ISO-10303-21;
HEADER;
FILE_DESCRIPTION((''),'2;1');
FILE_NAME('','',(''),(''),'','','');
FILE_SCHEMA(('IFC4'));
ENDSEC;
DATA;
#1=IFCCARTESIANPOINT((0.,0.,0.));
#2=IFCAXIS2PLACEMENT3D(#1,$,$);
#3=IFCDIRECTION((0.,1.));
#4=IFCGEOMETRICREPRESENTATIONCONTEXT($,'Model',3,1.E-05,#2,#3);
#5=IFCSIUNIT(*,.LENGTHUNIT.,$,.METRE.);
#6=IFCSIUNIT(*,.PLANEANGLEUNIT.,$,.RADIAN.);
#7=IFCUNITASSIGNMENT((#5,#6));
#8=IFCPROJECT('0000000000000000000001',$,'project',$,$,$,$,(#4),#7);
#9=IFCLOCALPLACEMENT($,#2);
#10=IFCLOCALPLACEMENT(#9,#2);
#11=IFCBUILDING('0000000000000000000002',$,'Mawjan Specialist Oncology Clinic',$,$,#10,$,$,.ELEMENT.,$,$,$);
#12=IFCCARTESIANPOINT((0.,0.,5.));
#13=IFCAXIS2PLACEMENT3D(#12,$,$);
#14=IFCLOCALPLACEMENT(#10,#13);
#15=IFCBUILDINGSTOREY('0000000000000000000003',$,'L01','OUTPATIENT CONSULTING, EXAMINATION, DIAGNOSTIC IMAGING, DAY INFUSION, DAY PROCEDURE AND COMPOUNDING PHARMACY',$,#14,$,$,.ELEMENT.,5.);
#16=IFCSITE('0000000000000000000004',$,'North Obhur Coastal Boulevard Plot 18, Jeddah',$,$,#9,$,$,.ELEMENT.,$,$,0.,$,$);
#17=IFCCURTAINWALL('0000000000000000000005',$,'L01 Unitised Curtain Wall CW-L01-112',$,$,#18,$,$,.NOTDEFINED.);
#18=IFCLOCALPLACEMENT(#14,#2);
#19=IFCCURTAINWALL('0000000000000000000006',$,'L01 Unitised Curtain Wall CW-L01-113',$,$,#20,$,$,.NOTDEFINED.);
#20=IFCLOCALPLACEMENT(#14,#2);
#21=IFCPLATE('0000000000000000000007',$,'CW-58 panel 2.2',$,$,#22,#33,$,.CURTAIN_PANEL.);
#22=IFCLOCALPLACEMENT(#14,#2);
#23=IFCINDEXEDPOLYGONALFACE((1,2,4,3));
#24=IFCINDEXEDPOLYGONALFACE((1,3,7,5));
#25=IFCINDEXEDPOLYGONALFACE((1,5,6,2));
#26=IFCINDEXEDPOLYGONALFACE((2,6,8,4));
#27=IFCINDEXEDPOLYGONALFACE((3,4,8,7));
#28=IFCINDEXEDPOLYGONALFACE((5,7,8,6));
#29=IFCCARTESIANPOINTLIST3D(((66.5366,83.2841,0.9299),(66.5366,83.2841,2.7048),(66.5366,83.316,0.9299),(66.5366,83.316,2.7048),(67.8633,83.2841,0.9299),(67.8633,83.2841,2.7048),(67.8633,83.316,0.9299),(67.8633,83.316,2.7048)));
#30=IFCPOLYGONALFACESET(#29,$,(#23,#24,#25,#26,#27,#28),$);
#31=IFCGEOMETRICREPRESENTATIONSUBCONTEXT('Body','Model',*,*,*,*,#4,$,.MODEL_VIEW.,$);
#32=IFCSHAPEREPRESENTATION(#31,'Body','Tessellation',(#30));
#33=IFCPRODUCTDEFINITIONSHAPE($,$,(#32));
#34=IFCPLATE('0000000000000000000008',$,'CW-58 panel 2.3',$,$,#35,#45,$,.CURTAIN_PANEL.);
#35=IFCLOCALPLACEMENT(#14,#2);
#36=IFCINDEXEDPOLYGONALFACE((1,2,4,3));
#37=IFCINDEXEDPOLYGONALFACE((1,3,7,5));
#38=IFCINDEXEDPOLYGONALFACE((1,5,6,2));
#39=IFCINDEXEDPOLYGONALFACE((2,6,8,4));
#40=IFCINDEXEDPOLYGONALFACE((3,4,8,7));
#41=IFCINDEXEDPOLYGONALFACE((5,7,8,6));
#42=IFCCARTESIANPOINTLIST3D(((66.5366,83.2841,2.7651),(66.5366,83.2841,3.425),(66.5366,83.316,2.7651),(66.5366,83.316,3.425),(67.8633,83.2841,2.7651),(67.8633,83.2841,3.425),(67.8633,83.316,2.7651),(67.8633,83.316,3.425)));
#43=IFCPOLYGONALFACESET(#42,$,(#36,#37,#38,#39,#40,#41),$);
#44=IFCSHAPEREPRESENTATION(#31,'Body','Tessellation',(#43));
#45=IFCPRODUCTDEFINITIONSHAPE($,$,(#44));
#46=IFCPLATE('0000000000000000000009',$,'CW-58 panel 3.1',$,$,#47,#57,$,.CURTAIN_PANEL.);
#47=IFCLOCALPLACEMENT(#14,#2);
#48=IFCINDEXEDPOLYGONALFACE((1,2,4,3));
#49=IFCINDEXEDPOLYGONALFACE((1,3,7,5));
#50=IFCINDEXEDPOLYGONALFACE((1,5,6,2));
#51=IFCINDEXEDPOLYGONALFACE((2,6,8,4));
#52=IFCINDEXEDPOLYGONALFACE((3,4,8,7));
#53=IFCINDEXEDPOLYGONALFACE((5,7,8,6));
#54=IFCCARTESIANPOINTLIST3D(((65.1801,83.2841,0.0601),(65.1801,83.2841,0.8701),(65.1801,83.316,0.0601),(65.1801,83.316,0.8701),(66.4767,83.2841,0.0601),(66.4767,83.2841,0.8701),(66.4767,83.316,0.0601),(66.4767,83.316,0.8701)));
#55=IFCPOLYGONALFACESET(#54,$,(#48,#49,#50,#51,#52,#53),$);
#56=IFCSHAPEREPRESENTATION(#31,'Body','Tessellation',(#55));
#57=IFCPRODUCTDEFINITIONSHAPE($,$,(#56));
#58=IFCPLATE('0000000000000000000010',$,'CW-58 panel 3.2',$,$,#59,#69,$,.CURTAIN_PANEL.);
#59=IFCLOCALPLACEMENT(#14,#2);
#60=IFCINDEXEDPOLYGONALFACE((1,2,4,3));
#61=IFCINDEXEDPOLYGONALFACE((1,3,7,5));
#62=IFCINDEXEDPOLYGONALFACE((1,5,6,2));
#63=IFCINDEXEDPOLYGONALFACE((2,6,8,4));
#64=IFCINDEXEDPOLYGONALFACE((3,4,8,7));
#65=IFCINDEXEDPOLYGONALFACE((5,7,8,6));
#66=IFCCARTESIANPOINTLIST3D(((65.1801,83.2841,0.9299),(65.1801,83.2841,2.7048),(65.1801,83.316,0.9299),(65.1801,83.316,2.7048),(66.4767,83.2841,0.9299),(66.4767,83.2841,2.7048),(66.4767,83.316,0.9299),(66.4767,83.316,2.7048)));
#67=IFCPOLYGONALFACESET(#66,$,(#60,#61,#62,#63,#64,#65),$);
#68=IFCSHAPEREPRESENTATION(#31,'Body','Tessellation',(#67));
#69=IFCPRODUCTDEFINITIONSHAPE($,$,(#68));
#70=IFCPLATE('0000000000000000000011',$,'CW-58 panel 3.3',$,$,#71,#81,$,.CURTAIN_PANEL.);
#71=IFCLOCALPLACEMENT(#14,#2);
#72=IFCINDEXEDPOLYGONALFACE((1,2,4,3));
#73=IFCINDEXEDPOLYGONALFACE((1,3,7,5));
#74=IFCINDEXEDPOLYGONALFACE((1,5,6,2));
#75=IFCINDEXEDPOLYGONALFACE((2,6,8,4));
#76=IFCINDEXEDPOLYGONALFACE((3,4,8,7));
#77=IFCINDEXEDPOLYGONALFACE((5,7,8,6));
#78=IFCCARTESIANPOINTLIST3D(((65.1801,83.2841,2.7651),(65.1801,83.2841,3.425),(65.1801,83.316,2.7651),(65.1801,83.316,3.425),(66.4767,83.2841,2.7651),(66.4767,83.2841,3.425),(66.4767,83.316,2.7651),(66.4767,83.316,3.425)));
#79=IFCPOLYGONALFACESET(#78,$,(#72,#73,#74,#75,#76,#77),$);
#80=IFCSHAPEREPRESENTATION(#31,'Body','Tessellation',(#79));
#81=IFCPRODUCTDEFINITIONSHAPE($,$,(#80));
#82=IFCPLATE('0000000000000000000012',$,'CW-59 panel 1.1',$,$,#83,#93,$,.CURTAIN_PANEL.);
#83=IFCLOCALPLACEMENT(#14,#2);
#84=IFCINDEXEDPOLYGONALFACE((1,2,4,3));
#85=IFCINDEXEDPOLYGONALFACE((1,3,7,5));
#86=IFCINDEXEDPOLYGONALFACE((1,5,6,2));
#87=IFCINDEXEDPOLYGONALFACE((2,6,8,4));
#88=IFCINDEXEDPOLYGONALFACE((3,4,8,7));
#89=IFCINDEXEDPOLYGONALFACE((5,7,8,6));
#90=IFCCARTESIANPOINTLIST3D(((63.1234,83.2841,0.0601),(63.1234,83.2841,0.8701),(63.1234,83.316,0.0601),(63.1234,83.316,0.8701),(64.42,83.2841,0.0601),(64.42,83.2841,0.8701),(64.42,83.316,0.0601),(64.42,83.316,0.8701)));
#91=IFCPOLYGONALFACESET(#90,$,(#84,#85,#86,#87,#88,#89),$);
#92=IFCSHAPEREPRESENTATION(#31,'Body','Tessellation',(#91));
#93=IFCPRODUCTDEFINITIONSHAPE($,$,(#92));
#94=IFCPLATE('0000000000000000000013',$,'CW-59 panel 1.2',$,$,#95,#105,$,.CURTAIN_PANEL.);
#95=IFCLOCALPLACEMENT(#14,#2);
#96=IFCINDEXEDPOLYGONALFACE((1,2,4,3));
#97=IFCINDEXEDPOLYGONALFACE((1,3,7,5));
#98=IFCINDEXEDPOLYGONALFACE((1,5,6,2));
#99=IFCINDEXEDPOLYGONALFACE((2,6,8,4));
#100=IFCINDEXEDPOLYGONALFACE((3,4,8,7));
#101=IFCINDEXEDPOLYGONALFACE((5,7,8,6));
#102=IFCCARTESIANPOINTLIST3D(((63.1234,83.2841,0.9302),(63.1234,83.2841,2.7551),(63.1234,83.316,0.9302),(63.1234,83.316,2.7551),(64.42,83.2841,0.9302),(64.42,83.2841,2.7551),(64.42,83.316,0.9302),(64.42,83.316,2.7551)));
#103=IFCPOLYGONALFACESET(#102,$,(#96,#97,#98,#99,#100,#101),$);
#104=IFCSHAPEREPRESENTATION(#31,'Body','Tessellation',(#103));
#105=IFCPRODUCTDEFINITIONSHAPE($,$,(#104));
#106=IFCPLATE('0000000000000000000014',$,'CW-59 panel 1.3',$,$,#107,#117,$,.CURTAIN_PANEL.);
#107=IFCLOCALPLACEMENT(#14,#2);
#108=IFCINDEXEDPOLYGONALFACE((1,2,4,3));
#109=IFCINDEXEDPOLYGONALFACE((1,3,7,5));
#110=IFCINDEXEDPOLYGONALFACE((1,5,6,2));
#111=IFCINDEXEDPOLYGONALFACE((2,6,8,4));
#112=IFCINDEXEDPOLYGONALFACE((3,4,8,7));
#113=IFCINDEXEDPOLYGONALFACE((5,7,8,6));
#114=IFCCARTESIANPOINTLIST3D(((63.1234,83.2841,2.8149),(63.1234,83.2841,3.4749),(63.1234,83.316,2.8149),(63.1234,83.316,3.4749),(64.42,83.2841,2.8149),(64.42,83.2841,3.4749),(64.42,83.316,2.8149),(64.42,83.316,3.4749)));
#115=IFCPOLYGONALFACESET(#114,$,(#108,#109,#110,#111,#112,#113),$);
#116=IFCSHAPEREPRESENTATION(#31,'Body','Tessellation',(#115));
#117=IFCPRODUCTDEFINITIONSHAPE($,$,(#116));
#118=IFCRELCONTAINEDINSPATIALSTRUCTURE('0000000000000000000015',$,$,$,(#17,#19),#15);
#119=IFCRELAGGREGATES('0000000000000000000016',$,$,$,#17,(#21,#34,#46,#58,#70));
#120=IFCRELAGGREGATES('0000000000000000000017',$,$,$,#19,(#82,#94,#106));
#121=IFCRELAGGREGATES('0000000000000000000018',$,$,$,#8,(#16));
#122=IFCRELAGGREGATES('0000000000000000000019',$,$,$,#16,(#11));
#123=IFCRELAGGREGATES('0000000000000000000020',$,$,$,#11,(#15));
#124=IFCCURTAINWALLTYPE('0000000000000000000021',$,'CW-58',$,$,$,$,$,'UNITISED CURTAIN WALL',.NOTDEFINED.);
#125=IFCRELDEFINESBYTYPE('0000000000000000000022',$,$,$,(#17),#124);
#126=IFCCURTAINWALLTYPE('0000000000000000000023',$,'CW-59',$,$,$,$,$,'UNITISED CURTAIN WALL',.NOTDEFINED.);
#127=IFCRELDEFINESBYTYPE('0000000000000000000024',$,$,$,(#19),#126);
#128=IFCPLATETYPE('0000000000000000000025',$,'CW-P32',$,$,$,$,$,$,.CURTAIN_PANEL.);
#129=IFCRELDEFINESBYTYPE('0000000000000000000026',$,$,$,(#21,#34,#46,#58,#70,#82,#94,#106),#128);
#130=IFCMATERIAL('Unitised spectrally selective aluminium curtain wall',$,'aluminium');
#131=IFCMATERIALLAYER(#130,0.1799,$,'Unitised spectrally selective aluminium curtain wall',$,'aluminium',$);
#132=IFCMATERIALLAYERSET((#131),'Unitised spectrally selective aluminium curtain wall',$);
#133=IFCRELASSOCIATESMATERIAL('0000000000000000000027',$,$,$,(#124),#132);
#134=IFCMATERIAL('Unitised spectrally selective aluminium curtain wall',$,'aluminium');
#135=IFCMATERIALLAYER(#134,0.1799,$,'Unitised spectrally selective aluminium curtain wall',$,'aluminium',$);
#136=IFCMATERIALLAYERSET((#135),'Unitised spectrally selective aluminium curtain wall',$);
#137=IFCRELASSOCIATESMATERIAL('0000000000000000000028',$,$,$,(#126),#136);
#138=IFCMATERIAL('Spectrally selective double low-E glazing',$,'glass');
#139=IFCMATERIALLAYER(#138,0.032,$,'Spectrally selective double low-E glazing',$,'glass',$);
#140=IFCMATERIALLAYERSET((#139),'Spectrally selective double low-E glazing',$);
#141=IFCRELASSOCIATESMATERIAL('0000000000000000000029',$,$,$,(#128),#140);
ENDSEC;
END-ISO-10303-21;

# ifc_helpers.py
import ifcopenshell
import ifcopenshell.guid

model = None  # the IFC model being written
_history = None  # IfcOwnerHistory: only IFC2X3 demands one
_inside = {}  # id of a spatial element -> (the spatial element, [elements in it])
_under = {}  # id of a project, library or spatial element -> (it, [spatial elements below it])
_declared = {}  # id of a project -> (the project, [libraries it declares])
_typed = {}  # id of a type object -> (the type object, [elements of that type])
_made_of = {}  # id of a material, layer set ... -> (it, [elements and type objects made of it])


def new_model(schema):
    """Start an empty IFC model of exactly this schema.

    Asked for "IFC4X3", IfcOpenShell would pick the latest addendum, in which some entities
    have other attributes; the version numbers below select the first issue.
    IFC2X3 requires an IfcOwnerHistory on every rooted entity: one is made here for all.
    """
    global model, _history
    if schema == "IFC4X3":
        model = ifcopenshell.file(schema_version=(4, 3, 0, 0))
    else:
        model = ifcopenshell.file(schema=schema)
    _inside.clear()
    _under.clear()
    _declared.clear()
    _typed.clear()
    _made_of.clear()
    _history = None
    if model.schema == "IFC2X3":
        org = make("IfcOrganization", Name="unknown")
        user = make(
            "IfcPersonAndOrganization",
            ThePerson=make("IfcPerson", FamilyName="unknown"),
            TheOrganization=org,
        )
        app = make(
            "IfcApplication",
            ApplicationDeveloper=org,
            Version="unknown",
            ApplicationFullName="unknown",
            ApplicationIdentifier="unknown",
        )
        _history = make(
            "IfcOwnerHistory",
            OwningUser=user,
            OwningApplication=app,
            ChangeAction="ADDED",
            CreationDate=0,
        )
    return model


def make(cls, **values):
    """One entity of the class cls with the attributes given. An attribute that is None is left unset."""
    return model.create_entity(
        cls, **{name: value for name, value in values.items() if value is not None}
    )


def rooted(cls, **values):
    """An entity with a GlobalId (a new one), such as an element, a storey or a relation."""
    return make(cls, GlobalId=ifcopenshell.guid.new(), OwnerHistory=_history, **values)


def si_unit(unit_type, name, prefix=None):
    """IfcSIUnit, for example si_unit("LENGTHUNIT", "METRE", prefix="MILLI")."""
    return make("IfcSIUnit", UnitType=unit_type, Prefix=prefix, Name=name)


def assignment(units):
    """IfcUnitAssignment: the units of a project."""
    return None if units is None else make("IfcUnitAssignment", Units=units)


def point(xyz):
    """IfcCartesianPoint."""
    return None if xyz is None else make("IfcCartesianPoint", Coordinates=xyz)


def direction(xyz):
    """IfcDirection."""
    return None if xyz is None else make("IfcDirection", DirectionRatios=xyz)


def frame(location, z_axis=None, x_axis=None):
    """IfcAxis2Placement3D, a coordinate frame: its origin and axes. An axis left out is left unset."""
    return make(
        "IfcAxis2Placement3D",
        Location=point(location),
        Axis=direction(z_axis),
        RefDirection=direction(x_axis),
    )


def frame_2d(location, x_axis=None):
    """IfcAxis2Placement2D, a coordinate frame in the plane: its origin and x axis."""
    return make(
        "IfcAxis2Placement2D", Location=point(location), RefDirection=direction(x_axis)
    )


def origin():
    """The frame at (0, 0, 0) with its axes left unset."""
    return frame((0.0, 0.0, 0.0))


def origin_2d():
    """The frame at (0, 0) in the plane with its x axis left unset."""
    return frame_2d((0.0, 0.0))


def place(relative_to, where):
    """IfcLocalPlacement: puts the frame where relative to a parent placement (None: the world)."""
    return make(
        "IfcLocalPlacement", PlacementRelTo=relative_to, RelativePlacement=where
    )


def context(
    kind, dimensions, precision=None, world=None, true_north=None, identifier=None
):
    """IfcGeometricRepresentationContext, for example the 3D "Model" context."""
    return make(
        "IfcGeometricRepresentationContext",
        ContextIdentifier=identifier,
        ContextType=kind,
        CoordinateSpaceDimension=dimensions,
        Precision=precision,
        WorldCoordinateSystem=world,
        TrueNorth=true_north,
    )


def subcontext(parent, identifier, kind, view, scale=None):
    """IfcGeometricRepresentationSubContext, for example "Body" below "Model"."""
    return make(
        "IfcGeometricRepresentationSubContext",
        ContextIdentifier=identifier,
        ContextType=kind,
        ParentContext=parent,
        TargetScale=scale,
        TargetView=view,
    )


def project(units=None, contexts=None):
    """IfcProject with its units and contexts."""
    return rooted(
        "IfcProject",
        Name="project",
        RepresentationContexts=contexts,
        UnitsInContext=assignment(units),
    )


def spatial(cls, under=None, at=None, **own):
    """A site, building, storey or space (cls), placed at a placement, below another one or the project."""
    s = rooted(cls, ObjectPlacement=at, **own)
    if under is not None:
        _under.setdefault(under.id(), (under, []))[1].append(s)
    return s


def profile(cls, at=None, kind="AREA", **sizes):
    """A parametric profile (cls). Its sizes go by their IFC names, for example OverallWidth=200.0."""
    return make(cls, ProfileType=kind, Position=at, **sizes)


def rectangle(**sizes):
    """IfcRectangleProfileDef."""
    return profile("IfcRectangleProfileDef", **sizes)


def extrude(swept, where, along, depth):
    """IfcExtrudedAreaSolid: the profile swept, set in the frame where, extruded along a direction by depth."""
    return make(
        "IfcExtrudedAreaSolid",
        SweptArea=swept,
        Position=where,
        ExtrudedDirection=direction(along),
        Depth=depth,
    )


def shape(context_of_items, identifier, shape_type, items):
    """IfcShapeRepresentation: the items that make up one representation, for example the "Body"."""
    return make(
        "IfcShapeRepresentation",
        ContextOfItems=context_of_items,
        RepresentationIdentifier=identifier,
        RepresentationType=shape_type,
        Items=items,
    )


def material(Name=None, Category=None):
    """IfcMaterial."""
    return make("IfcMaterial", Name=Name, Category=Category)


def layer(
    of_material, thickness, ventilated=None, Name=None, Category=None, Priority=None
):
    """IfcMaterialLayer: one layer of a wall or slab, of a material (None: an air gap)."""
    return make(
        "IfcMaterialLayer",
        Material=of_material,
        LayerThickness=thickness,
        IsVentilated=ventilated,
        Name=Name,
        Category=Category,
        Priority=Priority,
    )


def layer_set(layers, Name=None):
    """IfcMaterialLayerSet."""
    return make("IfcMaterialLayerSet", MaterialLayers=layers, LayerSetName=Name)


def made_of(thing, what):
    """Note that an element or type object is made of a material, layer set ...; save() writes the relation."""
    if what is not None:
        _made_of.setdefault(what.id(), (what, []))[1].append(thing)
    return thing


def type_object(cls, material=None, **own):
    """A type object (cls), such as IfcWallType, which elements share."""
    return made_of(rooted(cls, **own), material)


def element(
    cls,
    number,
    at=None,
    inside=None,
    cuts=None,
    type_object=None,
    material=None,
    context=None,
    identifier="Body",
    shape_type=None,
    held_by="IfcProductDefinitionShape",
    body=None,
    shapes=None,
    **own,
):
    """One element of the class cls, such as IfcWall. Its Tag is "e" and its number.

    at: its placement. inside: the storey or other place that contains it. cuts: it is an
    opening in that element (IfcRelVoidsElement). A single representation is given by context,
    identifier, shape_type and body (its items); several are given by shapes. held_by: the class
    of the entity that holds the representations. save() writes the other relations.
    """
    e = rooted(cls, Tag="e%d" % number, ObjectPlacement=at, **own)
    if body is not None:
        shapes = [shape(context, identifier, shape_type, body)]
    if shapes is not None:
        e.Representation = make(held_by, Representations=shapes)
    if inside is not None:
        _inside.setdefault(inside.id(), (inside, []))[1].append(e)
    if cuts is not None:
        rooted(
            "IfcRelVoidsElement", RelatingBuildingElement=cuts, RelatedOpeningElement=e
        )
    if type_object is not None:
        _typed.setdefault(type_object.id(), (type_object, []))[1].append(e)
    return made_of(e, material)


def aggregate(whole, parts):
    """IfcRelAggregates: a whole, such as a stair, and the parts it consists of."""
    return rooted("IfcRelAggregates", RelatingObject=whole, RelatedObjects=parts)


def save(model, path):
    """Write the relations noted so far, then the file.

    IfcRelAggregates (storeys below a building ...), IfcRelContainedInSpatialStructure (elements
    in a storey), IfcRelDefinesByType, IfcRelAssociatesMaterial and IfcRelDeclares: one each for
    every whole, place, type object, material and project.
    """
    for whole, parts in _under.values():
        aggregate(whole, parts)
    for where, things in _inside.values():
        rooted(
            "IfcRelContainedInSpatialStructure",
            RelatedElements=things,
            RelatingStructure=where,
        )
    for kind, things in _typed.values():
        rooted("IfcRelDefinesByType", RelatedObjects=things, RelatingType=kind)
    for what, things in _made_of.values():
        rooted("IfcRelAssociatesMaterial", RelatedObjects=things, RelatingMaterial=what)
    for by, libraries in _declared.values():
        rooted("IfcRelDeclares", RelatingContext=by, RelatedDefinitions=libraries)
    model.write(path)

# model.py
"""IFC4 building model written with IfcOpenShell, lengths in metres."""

from ifc_helpers import new_model, si_unit, direction, frame, origin, origin_2d, place, context, subcontext, project, spatial, rectangle, extrude, material, layer, layer_set, type_object, element, aggregate, save


model = new_model("IFC4")

# Units and contexts
model_context = context("Model", 3, precision=1e-05, world=origin(), true_north=direction((0.0, 1.0)))
body_context = subcontext(model_context, "Body", "Model", "MODEL_VIEW")
ifc_project = project(units=[si_unit("LENGTHUNIT", "METRE"), si_unit("PLANEANGLEUNIT", "RADIAN")], contexts=[model_context])

# Site, building, storey
site_placement = place(None, origin())
site = spatial("IfcSite", under=ifc_project, at=site_placement, Name="North Obhur Coastal Boulevard Plot 18, Jeddah", CompositionType="ELEMENT", RefElevation=0.0)
building_placement = place(site_placement, origin())
building = spatial("IfcBuilding", under=site, at=building_placement, Name="Mawjan Specialist Oncology Clinic", CompositionType="ELEMENT")
storey_placement = place(building_placement, frame((0.0, 0.0, 5.0)))
storey = spatial("IfcBuildingStorey", under=building, at=storey_placement, Name="L01", Description="OUTPATIENT CONSULTING, EXAMINATION, DIAGNOSTIC IMAGING, DAY INFUSION, DAY PROCEDURE AND COMPOUNDING PHARMACY", CompositionType="ELEMENT", Elevation=5.0)

# Curtain walls
ifc_material_1 = material(Name="Unitised spectrally selective aluminium curtain wall", Category="aluminium")
ifc_layer_1 = layer(ifc_material_1, 0.1799, Name="Unitised spectrally selective aluminium curtain wall", Category="aluminium")
ifc_layer_set_1 = layer_set([ifc_layer_1], Name="Unitised spectrally selective aluminium curtain wall")
curtain_wall_type_1 = type_object("IfcCurtainWallType", Name="CW-58", ElementType="UNITISED CURTAIN WALL", PredefinedType="NOTDEFINED", material=ifc_layer_set_1)
curtain_wall_1_placement = place(storey_placement, origin())
curtain_wall_1 = element("IfcCurtainWall", 1, at=curtain_wall_1_placement, inside=storey, type_object=curtain_wall_type_1, Name="L01 Unitised Curtain Wall CW-L01-112", PredefinedType="NOTDEFINED")
ifc_material_2 = material(Name="Unitised spectrally selective aluminium curtain wall", Category="aluminium")
ifc_layer_2 = layer(ifc_material_2, 0.1799, Name="Unitised spectrally selective aluminium curtain wall", Category="aluminium")
ifc_layer_set_2 = layer_set([ifc_layer_2], Name="Unitised spectrally selective aluminium curtain wall")
curtain_wall_type_2 = type_object("IfcCurtainWallType", Name="CW-59", ElementType="UNITISED CURTAIN WALL", PredefinedType="NOTDEFINED", material=ifc_layer_set_2)
curtain_wall_2_placement = place(storey_placement, origin())
curtain_wall_2 = element("IfcCurtainWall", 2, at=curtain_wall_2_placement, inside=storey, type_object=curtain_wall_type_2, Name="L01 Unitised Curtain Wall CW-L01-113", PredefinedType="NOTDEFINED")

# Plates
ifc_material_3 = material(Name="Spectrally selective double low-E glazing", Category="glass")
ifc_layer_3 = layer(ifc_material_3, 0.032, Name="Spectrally selective double low-E glazing", Category="glass")
ifc_layer_set_3 = layer_set([ifc_layer_3], Name="Spectrally selective double low-E glazing")
plate_type = type_object("IfcPlateType", Name="CW-P32", PredefinedType="CURTAIN_PANEL", material=ifc_layer_set_3)
plate_1_placement = place(storey_placement, frame((67.2, 83.3, 0.9299), z_axis=(0.0, 0.0, 1.0), x_axis=(-1.0, 0.0, 0.0)))
plate_1 = element("IfcPlate", 3, at=plate_1_placement, type_object=plate_type, Name="CW-58 panel 2.2", PredefinedType="CURTAIN_PANEL", context=body_context, shape_type="SweptSolid", body=[
    extrude(rectangle(XDim=1.3267, YDim=0.032, at=origin_2d()), origin(), (0.0, 0.0, 1.0), 1.7749),
])
plate_2_placement = place(storey_placement, frame((67.2, 83.3, 2.7651), z_axis=(0.0, 0.0, 1.0), x_axis=(-1.0, 0.0, 0.0)))
plate_2 = element("IfcPlate", 4, at=plate_2_placement, type_object=plate_type, Name="CW-58 panel 2.3", PredefinedType="CURTAIN_PANEL", context=body_context, shape_type="SweptSolid", body=[
    extrude(rectangle(XDim=1.3267, YDim=0.032, at=origin_2d()), origin(), (0.0, 0.0, 1.0), 0.6599),
])
plate_3_placement = place(storey_placement, frame((65.8284, 83.3, 0.0601), z_axis=(0.0, 0.0, 1.0), x_axis=(-1.0, 0.0, 0.0)))
plate_3 = element("IfcPlate", 5, at=plate_3_placement, type_object=plate_type, Name="CW-58 panel 3.1", PredefinedType="CURTAIN_PANEL", context=body_context, shape_type="SweptSolid", body=[
    extrude(rectangle(XDim=1.2966, YDim=0.032, at=origin_2d()), origin(), (0.0, 0.0, 1.0), 0.8101),
])
plate_4_placement = place(storey_placement, frame((65.8284, 83.3, 0.9299), z_axis=(0.0, 0.0, 1.0), x_axis=(-1.0, 0.0, 0.0)))
plate_4 = element("IfcPlate", 6, at=plate_4_placement, type_object=plate_type, Name="CW-58 panel 3.2", PredefinedType="CURTAIN_PANEL", context=body_context, shape_type="SweptSolid", body=[
    extrude(rectangle(XDim=1.2966, YDim=0.032, at=origin_2d()), origin(), (0.0, 0.0, 1.0), 1.7749),
])
plate_5_placement = place(storey_placement, frame((65.8284, 83.3, 2.7651), z_axis=(0.0, 0.0, 1.0), x_axis=(-1.0, 0.0, 0.0)))
plate_5 = element("IfcPlate", 7, at=plate_5_placement, type_object=plate_type, Name="CW-58 panel 3.3", PredefinedType="CURTAIN_PANEL", context=body_context, shape_type="SweptSolid", body=[
    extrude(rectangle(XDim=1.2966, YDim=0.032, at=origin_2d()), origin(), (0.0, 0.0, 1.0), 0.6599),
])
aggregate(curtain_wall_1, [plate_1, plate_2, plate_3, plate_4, plate_5])
plate_6_placement = place(storey_placement, frame((63.7717, 83.3, 0.0601), z_axis=(0.0, 0.0, 1.0), x_axis=(-1.0, 0.0, 0.0)))
plate_6 = element("IfcPlate", 8, at=plate_6_placement, type_object=plate_type, Name="CW-59 panel 1.1", PredefinedType="CURTAIN_PANEL", context=body_context, shape_type="SweptSolid", body=[
    extrude(rectangle(XDim=1.2966, YDim=0.032, at=origin_2d()), origin(), (0.0, 0.0, 1.0), 0.8101),
])
plate_7_placement = place(storey_placement, frame((63.7717, 83.3, 0.9302), z_axis=(0.0, 0.0, 1.0), x_axis=(-1.0, 0.0, 0.0)))
plate_7 = element("IfcPlate", 9, at=plate_7_placement, type_object=plate_type, Name="CW-59 panel 1.2", PredefinedType="CURTAIN_PANEL", context=body_context, shape_type="SweptSolid", body=[
    extrude(rectangle(XDim=1.2966, YDim=0.032, at=origin_2d()), origin(), (0.0, 0.0, 1.0), 1.825),
])
plate_8_placement = place(storey_placement, frame((63.7717, 83.3, 2.8149), z_axis=(0.0, 0.0, 1.0), x_axis=(-1.0, 0.0, 0.0)))
plate_8 = element("IfcPlate", 10, at=plate_8_placement, type_object=plate_type, Name="CW-59 panel 1.3", PredefinedType="CURTAIN_PANEL", context=body_context, shape_type="SweptSolid", body=[
    extrude(rectangle(XDim=1.2966, YDim=0.032, at=origin_2d()), origin(), (0.0, 0.0, 1.0), 0.6599),
])
aggregate(curtain_wall_2, [plate_6, plate_7, plate_8])

save(model, "model.ifc")
